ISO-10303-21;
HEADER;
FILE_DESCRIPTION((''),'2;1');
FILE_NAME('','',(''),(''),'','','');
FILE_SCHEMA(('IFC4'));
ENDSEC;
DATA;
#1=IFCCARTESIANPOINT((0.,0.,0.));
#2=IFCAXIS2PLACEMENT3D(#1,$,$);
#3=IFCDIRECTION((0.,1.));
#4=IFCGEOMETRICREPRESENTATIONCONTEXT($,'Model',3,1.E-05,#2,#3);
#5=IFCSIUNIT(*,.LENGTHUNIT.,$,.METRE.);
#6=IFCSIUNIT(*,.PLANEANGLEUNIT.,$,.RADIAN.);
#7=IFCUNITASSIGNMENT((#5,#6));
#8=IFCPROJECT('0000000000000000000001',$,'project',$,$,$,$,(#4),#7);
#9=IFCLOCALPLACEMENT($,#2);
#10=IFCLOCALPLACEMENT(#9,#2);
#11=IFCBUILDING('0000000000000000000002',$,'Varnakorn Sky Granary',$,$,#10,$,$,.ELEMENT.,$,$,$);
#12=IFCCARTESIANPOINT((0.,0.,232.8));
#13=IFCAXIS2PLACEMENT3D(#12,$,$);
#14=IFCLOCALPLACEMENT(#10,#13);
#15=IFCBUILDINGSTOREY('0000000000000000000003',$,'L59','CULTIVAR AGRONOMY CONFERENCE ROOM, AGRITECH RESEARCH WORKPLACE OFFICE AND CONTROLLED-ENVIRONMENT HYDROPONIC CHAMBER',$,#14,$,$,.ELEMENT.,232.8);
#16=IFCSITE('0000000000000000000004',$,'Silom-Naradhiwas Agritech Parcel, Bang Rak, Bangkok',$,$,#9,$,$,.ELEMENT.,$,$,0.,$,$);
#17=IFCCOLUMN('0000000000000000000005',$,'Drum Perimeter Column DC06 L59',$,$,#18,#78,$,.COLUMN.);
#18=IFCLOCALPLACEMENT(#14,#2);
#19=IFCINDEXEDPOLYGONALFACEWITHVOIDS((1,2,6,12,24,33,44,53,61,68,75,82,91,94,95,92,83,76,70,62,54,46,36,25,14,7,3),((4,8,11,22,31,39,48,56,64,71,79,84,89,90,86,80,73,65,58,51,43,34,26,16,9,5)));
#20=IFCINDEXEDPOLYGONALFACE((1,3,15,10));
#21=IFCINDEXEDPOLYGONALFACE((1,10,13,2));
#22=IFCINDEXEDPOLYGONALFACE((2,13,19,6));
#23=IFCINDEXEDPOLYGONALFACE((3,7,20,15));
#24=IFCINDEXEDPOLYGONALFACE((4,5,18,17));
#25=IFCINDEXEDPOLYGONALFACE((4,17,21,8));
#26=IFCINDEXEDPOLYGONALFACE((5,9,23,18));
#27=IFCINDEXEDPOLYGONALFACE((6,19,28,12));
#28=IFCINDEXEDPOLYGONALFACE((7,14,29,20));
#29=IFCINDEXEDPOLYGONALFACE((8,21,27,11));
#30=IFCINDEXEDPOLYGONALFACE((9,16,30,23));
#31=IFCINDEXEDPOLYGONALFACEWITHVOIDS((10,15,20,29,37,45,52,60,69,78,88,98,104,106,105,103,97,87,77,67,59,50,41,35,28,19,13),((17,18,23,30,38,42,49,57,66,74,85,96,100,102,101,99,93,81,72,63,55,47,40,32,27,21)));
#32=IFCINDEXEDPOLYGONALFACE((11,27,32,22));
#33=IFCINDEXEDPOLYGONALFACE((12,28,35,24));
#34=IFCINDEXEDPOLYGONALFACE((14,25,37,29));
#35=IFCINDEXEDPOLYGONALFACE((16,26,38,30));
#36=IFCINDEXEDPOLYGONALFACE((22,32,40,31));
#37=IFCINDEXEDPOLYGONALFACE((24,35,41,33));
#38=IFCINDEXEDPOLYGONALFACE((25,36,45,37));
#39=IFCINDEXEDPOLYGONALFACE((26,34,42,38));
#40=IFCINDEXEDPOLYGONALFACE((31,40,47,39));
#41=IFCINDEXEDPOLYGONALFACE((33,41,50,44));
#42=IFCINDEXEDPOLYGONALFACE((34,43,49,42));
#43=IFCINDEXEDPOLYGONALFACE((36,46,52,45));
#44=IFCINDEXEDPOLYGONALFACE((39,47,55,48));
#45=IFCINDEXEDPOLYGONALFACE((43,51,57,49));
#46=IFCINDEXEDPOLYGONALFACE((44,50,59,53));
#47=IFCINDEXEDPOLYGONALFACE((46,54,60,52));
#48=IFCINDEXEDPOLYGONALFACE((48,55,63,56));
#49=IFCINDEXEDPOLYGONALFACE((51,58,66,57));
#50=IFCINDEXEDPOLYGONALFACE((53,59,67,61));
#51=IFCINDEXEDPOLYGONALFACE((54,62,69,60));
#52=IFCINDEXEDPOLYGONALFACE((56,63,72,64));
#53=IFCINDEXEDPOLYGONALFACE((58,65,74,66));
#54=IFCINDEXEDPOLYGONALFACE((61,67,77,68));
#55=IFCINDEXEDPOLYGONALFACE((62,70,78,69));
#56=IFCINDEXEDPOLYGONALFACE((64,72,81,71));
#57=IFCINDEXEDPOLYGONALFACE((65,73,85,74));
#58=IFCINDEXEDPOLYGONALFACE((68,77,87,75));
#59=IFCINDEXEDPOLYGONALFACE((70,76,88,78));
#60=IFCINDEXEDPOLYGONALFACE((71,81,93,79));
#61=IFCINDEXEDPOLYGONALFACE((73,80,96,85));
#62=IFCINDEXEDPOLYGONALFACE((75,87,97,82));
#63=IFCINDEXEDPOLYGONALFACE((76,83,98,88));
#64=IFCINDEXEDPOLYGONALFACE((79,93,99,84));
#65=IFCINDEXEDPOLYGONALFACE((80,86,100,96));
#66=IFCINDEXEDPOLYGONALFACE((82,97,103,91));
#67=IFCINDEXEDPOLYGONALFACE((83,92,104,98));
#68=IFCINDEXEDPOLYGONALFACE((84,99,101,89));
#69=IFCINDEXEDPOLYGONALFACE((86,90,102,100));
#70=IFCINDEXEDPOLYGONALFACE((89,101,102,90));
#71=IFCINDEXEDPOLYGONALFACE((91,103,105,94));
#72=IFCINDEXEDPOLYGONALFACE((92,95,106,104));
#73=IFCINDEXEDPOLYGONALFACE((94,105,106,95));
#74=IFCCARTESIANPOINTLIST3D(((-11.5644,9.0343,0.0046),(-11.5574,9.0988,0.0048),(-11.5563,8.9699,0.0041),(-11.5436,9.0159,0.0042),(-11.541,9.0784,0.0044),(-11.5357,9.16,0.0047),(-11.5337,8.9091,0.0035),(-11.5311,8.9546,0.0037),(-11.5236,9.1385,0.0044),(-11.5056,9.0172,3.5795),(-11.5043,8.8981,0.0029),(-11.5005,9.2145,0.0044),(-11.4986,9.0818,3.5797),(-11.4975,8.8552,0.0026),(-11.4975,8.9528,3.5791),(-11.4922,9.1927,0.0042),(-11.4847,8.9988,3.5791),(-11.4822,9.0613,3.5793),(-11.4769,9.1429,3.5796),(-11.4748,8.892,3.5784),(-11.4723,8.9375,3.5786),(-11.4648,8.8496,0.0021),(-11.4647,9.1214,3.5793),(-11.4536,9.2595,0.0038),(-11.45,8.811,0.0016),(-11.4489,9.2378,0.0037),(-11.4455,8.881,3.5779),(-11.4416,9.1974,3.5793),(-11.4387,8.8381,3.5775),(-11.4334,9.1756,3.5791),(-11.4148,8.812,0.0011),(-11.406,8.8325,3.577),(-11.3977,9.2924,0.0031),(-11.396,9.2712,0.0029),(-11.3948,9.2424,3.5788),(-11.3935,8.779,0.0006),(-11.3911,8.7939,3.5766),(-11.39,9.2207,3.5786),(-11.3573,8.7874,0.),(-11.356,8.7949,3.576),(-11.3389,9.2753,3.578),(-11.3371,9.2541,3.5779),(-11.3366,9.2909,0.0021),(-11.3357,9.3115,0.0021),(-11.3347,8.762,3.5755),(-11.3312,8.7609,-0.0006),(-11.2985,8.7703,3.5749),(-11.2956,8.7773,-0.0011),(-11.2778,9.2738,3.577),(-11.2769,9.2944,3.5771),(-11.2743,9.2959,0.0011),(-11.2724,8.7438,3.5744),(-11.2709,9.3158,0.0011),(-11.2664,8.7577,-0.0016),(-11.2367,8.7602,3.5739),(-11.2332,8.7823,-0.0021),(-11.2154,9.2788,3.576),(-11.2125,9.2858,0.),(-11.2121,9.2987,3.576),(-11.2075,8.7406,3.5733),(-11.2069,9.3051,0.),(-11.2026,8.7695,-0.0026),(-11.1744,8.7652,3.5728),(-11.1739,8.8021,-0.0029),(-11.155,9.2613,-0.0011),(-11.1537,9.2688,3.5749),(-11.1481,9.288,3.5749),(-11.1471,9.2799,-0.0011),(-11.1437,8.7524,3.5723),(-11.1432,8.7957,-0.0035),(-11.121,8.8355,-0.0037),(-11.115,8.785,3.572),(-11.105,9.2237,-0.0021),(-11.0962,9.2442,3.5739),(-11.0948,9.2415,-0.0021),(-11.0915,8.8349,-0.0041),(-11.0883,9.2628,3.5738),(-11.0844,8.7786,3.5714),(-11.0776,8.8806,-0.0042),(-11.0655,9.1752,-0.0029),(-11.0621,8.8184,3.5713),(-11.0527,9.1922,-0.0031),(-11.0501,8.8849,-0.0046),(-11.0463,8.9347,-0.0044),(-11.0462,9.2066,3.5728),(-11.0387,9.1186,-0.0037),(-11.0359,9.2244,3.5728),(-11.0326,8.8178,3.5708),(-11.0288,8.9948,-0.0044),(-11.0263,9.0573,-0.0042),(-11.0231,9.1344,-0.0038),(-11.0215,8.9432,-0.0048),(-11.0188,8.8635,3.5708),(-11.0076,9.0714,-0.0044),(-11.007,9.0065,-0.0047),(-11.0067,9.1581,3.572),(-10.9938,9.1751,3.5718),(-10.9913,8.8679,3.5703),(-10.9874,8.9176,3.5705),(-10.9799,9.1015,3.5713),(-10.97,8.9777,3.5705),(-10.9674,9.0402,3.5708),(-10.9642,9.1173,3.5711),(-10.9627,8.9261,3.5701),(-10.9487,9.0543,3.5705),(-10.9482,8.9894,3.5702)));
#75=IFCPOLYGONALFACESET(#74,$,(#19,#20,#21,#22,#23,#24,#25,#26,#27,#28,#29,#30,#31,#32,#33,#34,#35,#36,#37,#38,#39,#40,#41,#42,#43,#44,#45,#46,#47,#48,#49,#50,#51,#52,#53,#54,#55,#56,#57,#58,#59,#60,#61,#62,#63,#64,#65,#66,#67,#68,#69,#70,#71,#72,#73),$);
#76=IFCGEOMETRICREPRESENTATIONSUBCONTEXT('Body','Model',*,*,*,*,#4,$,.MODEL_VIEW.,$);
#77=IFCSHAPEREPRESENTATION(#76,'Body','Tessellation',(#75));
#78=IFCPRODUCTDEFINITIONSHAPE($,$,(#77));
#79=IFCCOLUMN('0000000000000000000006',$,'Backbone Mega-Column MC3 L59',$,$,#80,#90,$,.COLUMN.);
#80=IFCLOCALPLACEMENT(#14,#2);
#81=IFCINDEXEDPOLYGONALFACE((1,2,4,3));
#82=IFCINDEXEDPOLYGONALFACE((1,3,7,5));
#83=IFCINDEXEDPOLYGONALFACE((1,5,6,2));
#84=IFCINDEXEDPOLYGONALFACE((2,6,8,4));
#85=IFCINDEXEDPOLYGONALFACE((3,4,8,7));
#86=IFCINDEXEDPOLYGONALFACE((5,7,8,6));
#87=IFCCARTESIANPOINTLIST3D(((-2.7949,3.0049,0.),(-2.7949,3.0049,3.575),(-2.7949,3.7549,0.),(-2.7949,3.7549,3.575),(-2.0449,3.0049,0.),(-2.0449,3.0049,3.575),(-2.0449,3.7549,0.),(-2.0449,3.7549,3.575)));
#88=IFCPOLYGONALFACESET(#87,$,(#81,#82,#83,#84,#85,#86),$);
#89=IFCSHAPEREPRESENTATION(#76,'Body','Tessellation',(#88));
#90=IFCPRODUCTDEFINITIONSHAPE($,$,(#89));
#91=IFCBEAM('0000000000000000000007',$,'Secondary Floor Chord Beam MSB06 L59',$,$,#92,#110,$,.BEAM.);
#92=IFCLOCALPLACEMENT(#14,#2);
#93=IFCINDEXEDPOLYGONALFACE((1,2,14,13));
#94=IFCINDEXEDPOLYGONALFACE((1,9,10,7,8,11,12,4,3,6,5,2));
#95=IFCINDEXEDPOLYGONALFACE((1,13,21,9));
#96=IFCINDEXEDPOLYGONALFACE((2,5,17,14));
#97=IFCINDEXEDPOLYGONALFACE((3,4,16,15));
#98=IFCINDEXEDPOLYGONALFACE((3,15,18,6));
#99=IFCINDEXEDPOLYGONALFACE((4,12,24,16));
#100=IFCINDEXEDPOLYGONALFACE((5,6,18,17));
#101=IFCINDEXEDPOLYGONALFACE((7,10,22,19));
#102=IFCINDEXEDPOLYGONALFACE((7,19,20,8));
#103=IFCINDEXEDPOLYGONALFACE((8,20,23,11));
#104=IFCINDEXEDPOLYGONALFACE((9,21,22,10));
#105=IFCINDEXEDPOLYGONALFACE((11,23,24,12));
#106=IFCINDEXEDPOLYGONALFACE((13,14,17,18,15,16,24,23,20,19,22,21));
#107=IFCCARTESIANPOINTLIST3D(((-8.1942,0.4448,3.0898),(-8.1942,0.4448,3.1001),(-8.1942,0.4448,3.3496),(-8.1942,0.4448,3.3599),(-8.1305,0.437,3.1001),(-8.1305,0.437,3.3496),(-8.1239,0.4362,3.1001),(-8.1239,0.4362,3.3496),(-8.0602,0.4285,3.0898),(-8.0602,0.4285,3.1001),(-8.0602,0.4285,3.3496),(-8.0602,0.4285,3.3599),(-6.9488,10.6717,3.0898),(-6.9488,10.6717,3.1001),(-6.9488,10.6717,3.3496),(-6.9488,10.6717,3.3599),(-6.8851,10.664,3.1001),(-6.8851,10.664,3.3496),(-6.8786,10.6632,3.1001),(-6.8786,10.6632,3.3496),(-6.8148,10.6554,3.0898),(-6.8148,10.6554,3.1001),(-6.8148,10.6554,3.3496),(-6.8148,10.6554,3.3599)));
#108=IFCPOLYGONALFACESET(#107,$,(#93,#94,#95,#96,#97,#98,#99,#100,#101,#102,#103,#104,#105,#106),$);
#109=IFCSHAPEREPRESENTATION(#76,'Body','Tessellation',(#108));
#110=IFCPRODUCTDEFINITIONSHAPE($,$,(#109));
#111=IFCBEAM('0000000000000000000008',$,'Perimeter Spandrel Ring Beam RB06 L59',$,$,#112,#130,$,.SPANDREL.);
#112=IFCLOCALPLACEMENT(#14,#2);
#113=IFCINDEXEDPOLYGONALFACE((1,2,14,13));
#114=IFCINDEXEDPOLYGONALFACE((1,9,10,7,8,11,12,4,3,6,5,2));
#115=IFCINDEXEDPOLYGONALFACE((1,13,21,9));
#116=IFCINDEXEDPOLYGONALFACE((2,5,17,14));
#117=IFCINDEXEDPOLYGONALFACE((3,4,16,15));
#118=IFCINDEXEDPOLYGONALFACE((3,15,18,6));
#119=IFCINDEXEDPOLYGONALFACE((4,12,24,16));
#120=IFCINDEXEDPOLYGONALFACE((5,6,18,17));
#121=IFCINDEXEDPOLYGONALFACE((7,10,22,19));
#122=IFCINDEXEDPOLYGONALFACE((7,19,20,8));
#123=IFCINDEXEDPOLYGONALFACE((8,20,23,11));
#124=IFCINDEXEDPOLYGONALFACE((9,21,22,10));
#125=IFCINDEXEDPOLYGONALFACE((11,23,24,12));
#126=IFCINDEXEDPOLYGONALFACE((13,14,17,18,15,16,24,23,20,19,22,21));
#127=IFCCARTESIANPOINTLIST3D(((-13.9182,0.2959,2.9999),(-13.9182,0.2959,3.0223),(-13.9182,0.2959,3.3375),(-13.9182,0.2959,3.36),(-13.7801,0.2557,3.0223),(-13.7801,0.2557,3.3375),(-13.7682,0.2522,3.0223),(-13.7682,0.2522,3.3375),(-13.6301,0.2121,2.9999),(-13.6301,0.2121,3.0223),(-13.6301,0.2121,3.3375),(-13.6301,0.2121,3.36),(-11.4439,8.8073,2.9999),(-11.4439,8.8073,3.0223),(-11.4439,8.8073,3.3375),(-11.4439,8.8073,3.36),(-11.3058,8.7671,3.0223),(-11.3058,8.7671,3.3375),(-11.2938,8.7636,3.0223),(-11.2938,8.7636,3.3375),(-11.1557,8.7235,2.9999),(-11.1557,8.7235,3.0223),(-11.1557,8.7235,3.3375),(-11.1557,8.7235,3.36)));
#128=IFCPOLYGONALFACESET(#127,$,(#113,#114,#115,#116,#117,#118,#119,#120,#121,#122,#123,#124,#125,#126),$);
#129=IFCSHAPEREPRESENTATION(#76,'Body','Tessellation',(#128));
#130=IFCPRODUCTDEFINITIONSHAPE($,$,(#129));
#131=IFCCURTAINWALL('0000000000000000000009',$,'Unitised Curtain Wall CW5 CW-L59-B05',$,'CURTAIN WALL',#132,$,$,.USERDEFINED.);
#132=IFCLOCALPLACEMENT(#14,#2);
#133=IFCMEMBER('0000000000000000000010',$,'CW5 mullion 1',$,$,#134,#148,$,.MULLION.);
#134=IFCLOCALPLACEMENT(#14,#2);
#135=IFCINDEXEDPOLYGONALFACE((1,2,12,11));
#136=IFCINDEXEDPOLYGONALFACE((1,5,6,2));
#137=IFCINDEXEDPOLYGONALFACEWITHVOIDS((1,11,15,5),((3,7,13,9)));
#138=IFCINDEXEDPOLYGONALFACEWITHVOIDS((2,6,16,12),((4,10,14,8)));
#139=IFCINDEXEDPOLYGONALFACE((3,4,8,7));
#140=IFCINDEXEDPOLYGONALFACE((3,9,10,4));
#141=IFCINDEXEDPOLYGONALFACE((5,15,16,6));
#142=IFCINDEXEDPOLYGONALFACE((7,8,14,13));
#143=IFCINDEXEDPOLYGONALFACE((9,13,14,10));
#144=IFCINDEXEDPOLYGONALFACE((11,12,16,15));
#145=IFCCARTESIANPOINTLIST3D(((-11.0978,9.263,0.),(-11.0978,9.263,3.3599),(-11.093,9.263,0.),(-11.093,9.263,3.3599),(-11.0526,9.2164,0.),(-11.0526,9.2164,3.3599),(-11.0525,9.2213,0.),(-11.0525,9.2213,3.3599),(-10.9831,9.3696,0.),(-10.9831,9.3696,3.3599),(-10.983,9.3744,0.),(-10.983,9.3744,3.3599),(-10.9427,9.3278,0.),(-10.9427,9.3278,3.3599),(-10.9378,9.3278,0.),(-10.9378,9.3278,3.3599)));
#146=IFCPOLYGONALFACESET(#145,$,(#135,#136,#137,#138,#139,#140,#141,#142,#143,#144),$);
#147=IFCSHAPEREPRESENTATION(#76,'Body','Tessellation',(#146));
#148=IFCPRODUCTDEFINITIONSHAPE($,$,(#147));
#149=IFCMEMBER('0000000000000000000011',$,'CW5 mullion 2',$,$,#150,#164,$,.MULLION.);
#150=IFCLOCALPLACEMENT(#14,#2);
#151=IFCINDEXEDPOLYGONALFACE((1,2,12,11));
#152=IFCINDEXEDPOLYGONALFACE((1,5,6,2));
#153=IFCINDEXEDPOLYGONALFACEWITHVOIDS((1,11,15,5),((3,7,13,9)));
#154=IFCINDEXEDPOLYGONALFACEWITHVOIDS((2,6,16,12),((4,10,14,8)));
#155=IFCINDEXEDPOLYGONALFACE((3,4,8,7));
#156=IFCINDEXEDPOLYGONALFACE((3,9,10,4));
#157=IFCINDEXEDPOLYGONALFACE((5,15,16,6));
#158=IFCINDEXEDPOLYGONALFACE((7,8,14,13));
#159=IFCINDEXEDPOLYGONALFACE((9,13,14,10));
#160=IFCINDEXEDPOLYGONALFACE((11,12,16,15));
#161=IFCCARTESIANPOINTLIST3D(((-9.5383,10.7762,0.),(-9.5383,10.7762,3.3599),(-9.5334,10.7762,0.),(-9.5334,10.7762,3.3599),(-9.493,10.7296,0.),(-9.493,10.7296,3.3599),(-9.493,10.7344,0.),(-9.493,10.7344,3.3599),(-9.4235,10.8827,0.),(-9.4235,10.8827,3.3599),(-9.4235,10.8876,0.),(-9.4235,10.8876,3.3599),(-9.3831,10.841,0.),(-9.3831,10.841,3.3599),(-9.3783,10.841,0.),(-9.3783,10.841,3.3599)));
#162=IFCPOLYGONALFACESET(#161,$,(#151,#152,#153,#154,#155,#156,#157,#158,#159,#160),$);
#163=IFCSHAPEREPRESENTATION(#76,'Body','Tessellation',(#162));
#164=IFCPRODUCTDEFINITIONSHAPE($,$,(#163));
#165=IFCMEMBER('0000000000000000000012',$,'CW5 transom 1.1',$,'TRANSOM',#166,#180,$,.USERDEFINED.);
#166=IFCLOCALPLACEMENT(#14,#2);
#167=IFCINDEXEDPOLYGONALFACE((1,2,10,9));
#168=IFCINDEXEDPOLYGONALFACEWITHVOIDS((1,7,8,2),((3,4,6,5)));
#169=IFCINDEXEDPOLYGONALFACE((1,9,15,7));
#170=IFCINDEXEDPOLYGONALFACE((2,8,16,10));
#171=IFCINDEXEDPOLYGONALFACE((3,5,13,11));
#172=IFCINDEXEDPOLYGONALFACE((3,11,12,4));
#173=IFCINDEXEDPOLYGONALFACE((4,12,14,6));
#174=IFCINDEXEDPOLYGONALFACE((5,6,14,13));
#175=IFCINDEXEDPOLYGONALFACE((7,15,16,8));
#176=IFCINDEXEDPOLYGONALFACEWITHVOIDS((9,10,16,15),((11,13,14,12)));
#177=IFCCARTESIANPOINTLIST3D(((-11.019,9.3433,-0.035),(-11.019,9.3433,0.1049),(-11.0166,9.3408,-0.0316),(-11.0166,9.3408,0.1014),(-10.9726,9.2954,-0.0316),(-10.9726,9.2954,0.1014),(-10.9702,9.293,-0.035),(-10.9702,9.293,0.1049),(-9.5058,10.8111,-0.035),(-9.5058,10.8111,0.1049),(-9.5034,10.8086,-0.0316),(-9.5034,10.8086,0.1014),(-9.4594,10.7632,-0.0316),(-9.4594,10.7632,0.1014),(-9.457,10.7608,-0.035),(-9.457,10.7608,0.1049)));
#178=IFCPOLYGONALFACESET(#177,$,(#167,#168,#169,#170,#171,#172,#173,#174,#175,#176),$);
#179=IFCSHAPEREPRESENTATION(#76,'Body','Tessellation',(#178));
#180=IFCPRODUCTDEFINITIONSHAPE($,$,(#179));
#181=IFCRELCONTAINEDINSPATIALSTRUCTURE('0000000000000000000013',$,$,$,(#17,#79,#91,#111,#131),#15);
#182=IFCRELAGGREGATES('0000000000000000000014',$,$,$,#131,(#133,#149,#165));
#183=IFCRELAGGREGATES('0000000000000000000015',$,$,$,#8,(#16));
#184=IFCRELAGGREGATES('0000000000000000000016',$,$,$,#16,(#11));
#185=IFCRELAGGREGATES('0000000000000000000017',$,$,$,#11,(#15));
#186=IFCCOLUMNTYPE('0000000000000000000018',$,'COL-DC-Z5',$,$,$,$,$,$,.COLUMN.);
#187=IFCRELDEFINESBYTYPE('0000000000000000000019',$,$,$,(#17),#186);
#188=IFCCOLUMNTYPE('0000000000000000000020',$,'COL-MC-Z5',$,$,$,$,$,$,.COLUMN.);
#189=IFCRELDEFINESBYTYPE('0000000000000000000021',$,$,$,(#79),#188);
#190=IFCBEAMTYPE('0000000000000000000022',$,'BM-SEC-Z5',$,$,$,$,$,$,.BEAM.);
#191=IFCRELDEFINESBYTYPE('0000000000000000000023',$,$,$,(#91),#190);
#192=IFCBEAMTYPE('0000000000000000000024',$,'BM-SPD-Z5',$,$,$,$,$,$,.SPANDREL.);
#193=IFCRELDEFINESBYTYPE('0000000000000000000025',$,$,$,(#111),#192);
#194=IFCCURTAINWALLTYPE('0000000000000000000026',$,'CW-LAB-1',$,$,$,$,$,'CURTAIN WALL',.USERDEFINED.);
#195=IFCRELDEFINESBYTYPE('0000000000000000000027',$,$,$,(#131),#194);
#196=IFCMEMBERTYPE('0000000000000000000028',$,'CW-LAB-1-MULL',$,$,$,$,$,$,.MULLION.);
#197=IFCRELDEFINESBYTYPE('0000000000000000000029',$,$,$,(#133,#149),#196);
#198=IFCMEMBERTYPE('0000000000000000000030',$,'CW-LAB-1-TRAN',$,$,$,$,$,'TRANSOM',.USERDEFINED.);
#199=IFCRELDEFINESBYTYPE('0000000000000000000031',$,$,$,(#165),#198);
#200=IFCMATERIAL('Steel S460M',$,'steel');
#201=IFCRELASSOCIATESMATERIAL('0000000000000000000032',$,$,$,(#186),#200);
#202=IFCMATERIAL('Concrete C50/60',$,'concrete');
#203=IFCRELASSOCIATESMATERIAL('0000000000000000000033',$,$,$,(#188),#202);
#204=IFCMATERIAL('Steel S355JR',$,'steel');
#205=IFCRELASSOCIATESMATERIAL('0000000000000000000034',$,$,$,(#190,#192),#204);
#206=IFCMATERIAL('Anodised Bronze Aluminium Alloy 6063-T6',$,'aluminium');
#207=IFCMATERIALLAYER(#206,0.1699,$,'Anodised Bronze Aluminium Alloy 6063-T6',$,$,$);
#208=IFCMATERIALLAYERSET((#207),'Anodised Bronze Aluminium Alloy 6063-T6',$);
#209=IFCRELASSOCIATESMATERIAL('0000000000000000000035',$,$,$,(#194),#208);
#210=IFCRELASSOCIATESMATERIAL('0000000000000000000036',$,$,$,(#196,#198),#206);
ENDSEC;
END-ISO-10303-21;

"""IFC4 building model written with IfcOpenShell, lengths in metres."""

from ifc_helpers import new_model, si_unit, direction, frame, origin, origin_2d, place, context, subcontext, project, spatial, rectangle, hollow_rectangle, hollow_circle, i_section, extrude, material, layer, layer_set, material_profile, profile_set, type_object, element, aggregate, save


model = new_model("IFC4")

# Units and contexts
model_context = context("Model", 3, precision=1e-05, world=origin(), true_north=direction((0.0, 1.0)))
body_context = subcontext(model_context, "Body", "Model", "MODEL_VIEW")
ifc_project = project(units=[si_unit("LENGTHUNIT", "METRE"), si_unit("PLANEANGLEUNIT", "RADIAN")], contexts=[model_context])

# Site, building, storey
site_placement = place(None, origin())
site = spatial("IfcSite", under=ifc_project, at=site_placement, Name="Silom-Naradhiwas Agritech Parcel, Bang Rak, Bangkok", CompositionType="ELEMENT", RefElevation=0.0)
building_placement = place(site_placement, origin())
building = spatial("IfcBuilding", under=site, at=building_placement, Name="Varnakorn Sky Granary", CompositionType="ELEMENT")
storey_placement = place(building_placement, frame((0.0, 0.0, 232.8)))
storey = spatial("IfcBuildingStorey", under=building, at=storey_placement, Name="L59", Description="CULTIVAR AGRONOMY CONFERENCE ROOM, AGRITECH RESEARCH WORKPLACE OFFICE AND CONTROLLED-ENVIRONMENT HYDROPONIC CHAMBER", CompositionType="ELEMENT", Elevation=232.8)

# Columns
ifc_material_1 = material(Name="Steel S460M", Category="steel")
ifc_material_profile_1 = material_profile(ifc_material_1, hollow_circle(Radius=0.2795, WallThickness=0.02, at=origin_2d()), Name="CHS 559x20")
ifc_profile_set_1 = profile_set([ifc_material_profile_1], Name="Steel S460M")
column_type_1 = type_object("IfcColumnType", Name="COL-DC-Z5", PredefinedType="COLUMN", material=ifc_profile_set_1)
column_1_placement = place(storey_placement, frame((-11.2849, 9.0366, 0.0), z_axis=(0.016456, -0.00478, 0.999853), x_axis=(0.278929, 0.960312, 0.0)))
element("IfcColumn", 1, at=column_1_placement, inside=storey, type_object=column_type_1, Name="Drum Perimeter Column DC06 L59", PredefinedType="COLUMN", context=body_context, shape_type="SweptSolid", body=[
    extrude(hollow_circle(Radius=0.2795, WallThickness=0.02, at=origin_2d()), origin(), (0.0, 0.0, 1.0), 3.5754),
])
ifc_material_2 = material(Name="Concrete C50/60", Category="concrete")
ifc_material_profile_2 = material_profile(ifc_material_2, rectangle(XDim=0.75, YDim=0.75, at=origin_2d()), Name="RC 750x750")
ifc_profile_set_2 = profile_set([ifc_material_profile_2], Name="Concrete C50/60")
column_type_2 = type_object("IfcColumnType", Name="COL-MC-Z5", PredefinedType="COLUMN", material=ifc_profile_set_2)
column_2_placement = place(storey_placement, frame((-2.4199, 3.3799, 0.0), z_axis=(0.0, 0.0, 1.0), x_axis=(1.0, 0.0, 0.0)))
element("IfcColumn", 2, at=column_2_placement, inside=storey, type_object=column_type_2, Name="Backbone Mega-Column MC3 L59", PredefinedType="COLUMN", context=body_context, shape_type="SweptSolid", body=[
    extrude(rectangle(XDim=0.75, YDim=0.75, at=origin_2d()), origin(), (0.0, 0.0, 1.0), 3.575),
])

# Beams
ifc_material_3 = material(Name="Steel S355JR", Category="steel")
ifc_material_profile_3 = material_profile(ifc_material_3, i_section(OverallWidth=0.135, OverallDepth=0.27, WebThickness=0.0066, FlangeThickness=0.0103, at=origin_2d()), Name="IPE 270")
ifc_profile_set_3 = profile_set([ifc_material_profile_3], Name="Steel S355JR")
beam_type_1 = type_object("IfcBeamType", Name="BM-SEC-Z5", PredefinedType="BEAM", material=ifc_profile_set_3)
beam_1_placement = place(storey_placement, frame((-6.8818, 10.6636, 3.2249), z_axis=(-0.120878, -0.992667, 0.0), x_axis=(0.992667, -0.120878, 0.0)))
element("IfcBeam", 3, at=beam_1_placement, inside=storey, type_object=beam_type_1, Name="Secondary Floor Chord Beam MSB06 L59", PredefinedType="BEAM", context=body_context, shape_type="SweptSolid", body=[
    extrude(i_section(OverallWidth=0.135, OverallDepth=0.27, WebThickness=0.0066, FlangeThickness=0.0103, at=origin_2d()), origin(), (0.0, 0.0, 1.0), 10.3025),
])
ifc_material_profile_4 = material_profile(ifc_material_3, i_section(OverallWidth=0.3, OverallDepth=0.3601, WebThickness=0.0125, FlangeThickness=0.0225, at=origin_2d()), Name="HE 360 B")
ifc_profile_set_4 = profile_set([ifc_material_profile_4], Name="Steel S355JR")
beam_type_2 = type_object("IfcBeamType", Name="BM-SPD-Z5", PredefinedType="SPANDREL", material=ifc_profile_set_4)
beam_2_placement = place(storey_placement, frame((-11.2998, 8.7654, 3.1799), z_axis=(-0.279153, -0.960247, 0.0), x_axis=(0.960247, -0.279153, 0.0)))
element("IfcBeam", 4, at=beam_2_placement, inside=storey, type_object=beam_type_2, Name="Perimeter Spandrel Ring Beam RB06 L59", PredefinedType="SPANDREL", context=body_context, shape_type="SweptSolid", body=[
    extrude(i_section(OverallWidth=0.3, OverallDepth=0.3601, WebThickness=0.0125, FlangeThickness=0.0225, at=origin_2d()), origin(), (0.0, 0.0, 1.0), 8.8638),
])

# Curtain wall, members
ifc_material_4 = material(Name="Anodised Bronze Aluminium Alloy 6063-T6", Category="aluminium")
ifc_layer_1 = layer(ifc_material_4, 0.1699, Name="Anodised Bronze Aluminium Alloy 6063-T6")
ifc_layer_set_1 = layer_set([ifc_layer_1], Name="Anodised Bronze Aluminium Alloy 6063-T6")
curtain_wall_type = type_object("IfcCurtainWallType", Name="CW-LAB-1", ElementType="CURTAIN WALL", PredefinedType="USERDEFINED", material=ifc_layer_set_1)
curtain_wall_placement = place(storey_placement, origin())
curtain_wall = element("IfcCurtainWall", 5, at=curtain_wall_placement, inside=storey, type_object=curtain_wall_type, Name="Unitised Curtain Wall CW5 CW-L59-B05", ObjectType="CURTAIN WALL", PredefinedType="USERDEFINED")
ifc_material_profile_5 = material_profile(ifc_material_4, hollow_rectangle(XDim=0.0649, YDim=0.1599, WallThickness=0.0034, at=origin_2d()), Name="ALU MULL 65x160")
ifc_profile_set_5 = profile_set([ifc_material_profile_5], Name="Anodised Bronze Aluminium Alloy 6063-T6")
member_type_1 = type_object("IfcMemberType", Name="CW-LAB-1-MULL", PredefinedType="MULLION", material=ifc_profile_set_5)
member_1_placement = place(storey_placement, frame((-11.0178, 9.2954, 0.0), z_axis=(0.0, 0.0, 1.0), x_axis=(-0.696279, 0.717771, 0.0)))
member_1 = element("IfcMember", 6, at=member_1_placement, type_object=member_type_1, Name="CW5 mullion 1", PredefinedType="MULLION", context=body_context, shape_type="SweptSolid", body=[
    extrude(hollow_rectangle(XDim=0.0649, YDim=0.1599, WallThickness=0.0034, at=origin_2d()), origin(), (0.0, 0.0, 1.0), 3.3599),
])
member_2_placement = place(storey_placement, frame((-9.4583, 10.8086, 0.0), z_axis=(0.0, 0.0, 1.0), x_axis=(-0.696279, 0.717771, 0.0)))
member_2 = element("IfcMember", 7, at=member_2_placement, type_object=member_type_1, Name="CW5 mullion 2", PredefinedType="MULLION", context=body_context, shape_type="SweptSolid", body=[
    extrude(hollow_rectangle(XDim=0.0649, YDim=0.1599, WallThickness=0.0034, at=origin_2d()), origin(), (0.0, 0.0, 1.0), 3.3599),
])
ifc_material_profile_6 = material_profile(ifc_material_4, hollow_rectangle(XDim=0.0701, YDim=0.1399, WallThickness=0.0034, at=origin_2d()), Name="ALU TRAN 70x140")
ifc_profile_set_6 = profile_set([ifc_material_profile_6], Name="Anodised Bronze Aluminium Alloy 6063-T6")
member_type_2 = type_object("IfcMemberType", Name="CW-LAB-1-TRAN", ElementType="TRANSOM", PredefinedType="USERDEFINED", material=ifc_profile_set_6)
member_3_placement = place(storey_placement, frame((-10.9946, 9.3181, 0.0349), z_axis=(0.717795, 0.696254, 0.0), x_axis=(-0.696254, 0.717795, 0.0)))
member_3 = element("IfcMember", 8, at=member_3_placement, type_object=member_type_2, Name="CW5 transom 1.1", ObjectType="TRANSOM", PredefinedType="USERDEFINED", context=body_context, shape_type="SweptSolid", body=[
    extrude(hollow_rectangle(XDim=0.0701, YDim=0.1399, WallThickness=0.0034, at=origin_2d()), origin(), (0.0, 0.0, 1.0), 2.1082),
])

aggregate(curtain_wall, [member_1, member_2, member_3])

save(model, "model.ifc")
